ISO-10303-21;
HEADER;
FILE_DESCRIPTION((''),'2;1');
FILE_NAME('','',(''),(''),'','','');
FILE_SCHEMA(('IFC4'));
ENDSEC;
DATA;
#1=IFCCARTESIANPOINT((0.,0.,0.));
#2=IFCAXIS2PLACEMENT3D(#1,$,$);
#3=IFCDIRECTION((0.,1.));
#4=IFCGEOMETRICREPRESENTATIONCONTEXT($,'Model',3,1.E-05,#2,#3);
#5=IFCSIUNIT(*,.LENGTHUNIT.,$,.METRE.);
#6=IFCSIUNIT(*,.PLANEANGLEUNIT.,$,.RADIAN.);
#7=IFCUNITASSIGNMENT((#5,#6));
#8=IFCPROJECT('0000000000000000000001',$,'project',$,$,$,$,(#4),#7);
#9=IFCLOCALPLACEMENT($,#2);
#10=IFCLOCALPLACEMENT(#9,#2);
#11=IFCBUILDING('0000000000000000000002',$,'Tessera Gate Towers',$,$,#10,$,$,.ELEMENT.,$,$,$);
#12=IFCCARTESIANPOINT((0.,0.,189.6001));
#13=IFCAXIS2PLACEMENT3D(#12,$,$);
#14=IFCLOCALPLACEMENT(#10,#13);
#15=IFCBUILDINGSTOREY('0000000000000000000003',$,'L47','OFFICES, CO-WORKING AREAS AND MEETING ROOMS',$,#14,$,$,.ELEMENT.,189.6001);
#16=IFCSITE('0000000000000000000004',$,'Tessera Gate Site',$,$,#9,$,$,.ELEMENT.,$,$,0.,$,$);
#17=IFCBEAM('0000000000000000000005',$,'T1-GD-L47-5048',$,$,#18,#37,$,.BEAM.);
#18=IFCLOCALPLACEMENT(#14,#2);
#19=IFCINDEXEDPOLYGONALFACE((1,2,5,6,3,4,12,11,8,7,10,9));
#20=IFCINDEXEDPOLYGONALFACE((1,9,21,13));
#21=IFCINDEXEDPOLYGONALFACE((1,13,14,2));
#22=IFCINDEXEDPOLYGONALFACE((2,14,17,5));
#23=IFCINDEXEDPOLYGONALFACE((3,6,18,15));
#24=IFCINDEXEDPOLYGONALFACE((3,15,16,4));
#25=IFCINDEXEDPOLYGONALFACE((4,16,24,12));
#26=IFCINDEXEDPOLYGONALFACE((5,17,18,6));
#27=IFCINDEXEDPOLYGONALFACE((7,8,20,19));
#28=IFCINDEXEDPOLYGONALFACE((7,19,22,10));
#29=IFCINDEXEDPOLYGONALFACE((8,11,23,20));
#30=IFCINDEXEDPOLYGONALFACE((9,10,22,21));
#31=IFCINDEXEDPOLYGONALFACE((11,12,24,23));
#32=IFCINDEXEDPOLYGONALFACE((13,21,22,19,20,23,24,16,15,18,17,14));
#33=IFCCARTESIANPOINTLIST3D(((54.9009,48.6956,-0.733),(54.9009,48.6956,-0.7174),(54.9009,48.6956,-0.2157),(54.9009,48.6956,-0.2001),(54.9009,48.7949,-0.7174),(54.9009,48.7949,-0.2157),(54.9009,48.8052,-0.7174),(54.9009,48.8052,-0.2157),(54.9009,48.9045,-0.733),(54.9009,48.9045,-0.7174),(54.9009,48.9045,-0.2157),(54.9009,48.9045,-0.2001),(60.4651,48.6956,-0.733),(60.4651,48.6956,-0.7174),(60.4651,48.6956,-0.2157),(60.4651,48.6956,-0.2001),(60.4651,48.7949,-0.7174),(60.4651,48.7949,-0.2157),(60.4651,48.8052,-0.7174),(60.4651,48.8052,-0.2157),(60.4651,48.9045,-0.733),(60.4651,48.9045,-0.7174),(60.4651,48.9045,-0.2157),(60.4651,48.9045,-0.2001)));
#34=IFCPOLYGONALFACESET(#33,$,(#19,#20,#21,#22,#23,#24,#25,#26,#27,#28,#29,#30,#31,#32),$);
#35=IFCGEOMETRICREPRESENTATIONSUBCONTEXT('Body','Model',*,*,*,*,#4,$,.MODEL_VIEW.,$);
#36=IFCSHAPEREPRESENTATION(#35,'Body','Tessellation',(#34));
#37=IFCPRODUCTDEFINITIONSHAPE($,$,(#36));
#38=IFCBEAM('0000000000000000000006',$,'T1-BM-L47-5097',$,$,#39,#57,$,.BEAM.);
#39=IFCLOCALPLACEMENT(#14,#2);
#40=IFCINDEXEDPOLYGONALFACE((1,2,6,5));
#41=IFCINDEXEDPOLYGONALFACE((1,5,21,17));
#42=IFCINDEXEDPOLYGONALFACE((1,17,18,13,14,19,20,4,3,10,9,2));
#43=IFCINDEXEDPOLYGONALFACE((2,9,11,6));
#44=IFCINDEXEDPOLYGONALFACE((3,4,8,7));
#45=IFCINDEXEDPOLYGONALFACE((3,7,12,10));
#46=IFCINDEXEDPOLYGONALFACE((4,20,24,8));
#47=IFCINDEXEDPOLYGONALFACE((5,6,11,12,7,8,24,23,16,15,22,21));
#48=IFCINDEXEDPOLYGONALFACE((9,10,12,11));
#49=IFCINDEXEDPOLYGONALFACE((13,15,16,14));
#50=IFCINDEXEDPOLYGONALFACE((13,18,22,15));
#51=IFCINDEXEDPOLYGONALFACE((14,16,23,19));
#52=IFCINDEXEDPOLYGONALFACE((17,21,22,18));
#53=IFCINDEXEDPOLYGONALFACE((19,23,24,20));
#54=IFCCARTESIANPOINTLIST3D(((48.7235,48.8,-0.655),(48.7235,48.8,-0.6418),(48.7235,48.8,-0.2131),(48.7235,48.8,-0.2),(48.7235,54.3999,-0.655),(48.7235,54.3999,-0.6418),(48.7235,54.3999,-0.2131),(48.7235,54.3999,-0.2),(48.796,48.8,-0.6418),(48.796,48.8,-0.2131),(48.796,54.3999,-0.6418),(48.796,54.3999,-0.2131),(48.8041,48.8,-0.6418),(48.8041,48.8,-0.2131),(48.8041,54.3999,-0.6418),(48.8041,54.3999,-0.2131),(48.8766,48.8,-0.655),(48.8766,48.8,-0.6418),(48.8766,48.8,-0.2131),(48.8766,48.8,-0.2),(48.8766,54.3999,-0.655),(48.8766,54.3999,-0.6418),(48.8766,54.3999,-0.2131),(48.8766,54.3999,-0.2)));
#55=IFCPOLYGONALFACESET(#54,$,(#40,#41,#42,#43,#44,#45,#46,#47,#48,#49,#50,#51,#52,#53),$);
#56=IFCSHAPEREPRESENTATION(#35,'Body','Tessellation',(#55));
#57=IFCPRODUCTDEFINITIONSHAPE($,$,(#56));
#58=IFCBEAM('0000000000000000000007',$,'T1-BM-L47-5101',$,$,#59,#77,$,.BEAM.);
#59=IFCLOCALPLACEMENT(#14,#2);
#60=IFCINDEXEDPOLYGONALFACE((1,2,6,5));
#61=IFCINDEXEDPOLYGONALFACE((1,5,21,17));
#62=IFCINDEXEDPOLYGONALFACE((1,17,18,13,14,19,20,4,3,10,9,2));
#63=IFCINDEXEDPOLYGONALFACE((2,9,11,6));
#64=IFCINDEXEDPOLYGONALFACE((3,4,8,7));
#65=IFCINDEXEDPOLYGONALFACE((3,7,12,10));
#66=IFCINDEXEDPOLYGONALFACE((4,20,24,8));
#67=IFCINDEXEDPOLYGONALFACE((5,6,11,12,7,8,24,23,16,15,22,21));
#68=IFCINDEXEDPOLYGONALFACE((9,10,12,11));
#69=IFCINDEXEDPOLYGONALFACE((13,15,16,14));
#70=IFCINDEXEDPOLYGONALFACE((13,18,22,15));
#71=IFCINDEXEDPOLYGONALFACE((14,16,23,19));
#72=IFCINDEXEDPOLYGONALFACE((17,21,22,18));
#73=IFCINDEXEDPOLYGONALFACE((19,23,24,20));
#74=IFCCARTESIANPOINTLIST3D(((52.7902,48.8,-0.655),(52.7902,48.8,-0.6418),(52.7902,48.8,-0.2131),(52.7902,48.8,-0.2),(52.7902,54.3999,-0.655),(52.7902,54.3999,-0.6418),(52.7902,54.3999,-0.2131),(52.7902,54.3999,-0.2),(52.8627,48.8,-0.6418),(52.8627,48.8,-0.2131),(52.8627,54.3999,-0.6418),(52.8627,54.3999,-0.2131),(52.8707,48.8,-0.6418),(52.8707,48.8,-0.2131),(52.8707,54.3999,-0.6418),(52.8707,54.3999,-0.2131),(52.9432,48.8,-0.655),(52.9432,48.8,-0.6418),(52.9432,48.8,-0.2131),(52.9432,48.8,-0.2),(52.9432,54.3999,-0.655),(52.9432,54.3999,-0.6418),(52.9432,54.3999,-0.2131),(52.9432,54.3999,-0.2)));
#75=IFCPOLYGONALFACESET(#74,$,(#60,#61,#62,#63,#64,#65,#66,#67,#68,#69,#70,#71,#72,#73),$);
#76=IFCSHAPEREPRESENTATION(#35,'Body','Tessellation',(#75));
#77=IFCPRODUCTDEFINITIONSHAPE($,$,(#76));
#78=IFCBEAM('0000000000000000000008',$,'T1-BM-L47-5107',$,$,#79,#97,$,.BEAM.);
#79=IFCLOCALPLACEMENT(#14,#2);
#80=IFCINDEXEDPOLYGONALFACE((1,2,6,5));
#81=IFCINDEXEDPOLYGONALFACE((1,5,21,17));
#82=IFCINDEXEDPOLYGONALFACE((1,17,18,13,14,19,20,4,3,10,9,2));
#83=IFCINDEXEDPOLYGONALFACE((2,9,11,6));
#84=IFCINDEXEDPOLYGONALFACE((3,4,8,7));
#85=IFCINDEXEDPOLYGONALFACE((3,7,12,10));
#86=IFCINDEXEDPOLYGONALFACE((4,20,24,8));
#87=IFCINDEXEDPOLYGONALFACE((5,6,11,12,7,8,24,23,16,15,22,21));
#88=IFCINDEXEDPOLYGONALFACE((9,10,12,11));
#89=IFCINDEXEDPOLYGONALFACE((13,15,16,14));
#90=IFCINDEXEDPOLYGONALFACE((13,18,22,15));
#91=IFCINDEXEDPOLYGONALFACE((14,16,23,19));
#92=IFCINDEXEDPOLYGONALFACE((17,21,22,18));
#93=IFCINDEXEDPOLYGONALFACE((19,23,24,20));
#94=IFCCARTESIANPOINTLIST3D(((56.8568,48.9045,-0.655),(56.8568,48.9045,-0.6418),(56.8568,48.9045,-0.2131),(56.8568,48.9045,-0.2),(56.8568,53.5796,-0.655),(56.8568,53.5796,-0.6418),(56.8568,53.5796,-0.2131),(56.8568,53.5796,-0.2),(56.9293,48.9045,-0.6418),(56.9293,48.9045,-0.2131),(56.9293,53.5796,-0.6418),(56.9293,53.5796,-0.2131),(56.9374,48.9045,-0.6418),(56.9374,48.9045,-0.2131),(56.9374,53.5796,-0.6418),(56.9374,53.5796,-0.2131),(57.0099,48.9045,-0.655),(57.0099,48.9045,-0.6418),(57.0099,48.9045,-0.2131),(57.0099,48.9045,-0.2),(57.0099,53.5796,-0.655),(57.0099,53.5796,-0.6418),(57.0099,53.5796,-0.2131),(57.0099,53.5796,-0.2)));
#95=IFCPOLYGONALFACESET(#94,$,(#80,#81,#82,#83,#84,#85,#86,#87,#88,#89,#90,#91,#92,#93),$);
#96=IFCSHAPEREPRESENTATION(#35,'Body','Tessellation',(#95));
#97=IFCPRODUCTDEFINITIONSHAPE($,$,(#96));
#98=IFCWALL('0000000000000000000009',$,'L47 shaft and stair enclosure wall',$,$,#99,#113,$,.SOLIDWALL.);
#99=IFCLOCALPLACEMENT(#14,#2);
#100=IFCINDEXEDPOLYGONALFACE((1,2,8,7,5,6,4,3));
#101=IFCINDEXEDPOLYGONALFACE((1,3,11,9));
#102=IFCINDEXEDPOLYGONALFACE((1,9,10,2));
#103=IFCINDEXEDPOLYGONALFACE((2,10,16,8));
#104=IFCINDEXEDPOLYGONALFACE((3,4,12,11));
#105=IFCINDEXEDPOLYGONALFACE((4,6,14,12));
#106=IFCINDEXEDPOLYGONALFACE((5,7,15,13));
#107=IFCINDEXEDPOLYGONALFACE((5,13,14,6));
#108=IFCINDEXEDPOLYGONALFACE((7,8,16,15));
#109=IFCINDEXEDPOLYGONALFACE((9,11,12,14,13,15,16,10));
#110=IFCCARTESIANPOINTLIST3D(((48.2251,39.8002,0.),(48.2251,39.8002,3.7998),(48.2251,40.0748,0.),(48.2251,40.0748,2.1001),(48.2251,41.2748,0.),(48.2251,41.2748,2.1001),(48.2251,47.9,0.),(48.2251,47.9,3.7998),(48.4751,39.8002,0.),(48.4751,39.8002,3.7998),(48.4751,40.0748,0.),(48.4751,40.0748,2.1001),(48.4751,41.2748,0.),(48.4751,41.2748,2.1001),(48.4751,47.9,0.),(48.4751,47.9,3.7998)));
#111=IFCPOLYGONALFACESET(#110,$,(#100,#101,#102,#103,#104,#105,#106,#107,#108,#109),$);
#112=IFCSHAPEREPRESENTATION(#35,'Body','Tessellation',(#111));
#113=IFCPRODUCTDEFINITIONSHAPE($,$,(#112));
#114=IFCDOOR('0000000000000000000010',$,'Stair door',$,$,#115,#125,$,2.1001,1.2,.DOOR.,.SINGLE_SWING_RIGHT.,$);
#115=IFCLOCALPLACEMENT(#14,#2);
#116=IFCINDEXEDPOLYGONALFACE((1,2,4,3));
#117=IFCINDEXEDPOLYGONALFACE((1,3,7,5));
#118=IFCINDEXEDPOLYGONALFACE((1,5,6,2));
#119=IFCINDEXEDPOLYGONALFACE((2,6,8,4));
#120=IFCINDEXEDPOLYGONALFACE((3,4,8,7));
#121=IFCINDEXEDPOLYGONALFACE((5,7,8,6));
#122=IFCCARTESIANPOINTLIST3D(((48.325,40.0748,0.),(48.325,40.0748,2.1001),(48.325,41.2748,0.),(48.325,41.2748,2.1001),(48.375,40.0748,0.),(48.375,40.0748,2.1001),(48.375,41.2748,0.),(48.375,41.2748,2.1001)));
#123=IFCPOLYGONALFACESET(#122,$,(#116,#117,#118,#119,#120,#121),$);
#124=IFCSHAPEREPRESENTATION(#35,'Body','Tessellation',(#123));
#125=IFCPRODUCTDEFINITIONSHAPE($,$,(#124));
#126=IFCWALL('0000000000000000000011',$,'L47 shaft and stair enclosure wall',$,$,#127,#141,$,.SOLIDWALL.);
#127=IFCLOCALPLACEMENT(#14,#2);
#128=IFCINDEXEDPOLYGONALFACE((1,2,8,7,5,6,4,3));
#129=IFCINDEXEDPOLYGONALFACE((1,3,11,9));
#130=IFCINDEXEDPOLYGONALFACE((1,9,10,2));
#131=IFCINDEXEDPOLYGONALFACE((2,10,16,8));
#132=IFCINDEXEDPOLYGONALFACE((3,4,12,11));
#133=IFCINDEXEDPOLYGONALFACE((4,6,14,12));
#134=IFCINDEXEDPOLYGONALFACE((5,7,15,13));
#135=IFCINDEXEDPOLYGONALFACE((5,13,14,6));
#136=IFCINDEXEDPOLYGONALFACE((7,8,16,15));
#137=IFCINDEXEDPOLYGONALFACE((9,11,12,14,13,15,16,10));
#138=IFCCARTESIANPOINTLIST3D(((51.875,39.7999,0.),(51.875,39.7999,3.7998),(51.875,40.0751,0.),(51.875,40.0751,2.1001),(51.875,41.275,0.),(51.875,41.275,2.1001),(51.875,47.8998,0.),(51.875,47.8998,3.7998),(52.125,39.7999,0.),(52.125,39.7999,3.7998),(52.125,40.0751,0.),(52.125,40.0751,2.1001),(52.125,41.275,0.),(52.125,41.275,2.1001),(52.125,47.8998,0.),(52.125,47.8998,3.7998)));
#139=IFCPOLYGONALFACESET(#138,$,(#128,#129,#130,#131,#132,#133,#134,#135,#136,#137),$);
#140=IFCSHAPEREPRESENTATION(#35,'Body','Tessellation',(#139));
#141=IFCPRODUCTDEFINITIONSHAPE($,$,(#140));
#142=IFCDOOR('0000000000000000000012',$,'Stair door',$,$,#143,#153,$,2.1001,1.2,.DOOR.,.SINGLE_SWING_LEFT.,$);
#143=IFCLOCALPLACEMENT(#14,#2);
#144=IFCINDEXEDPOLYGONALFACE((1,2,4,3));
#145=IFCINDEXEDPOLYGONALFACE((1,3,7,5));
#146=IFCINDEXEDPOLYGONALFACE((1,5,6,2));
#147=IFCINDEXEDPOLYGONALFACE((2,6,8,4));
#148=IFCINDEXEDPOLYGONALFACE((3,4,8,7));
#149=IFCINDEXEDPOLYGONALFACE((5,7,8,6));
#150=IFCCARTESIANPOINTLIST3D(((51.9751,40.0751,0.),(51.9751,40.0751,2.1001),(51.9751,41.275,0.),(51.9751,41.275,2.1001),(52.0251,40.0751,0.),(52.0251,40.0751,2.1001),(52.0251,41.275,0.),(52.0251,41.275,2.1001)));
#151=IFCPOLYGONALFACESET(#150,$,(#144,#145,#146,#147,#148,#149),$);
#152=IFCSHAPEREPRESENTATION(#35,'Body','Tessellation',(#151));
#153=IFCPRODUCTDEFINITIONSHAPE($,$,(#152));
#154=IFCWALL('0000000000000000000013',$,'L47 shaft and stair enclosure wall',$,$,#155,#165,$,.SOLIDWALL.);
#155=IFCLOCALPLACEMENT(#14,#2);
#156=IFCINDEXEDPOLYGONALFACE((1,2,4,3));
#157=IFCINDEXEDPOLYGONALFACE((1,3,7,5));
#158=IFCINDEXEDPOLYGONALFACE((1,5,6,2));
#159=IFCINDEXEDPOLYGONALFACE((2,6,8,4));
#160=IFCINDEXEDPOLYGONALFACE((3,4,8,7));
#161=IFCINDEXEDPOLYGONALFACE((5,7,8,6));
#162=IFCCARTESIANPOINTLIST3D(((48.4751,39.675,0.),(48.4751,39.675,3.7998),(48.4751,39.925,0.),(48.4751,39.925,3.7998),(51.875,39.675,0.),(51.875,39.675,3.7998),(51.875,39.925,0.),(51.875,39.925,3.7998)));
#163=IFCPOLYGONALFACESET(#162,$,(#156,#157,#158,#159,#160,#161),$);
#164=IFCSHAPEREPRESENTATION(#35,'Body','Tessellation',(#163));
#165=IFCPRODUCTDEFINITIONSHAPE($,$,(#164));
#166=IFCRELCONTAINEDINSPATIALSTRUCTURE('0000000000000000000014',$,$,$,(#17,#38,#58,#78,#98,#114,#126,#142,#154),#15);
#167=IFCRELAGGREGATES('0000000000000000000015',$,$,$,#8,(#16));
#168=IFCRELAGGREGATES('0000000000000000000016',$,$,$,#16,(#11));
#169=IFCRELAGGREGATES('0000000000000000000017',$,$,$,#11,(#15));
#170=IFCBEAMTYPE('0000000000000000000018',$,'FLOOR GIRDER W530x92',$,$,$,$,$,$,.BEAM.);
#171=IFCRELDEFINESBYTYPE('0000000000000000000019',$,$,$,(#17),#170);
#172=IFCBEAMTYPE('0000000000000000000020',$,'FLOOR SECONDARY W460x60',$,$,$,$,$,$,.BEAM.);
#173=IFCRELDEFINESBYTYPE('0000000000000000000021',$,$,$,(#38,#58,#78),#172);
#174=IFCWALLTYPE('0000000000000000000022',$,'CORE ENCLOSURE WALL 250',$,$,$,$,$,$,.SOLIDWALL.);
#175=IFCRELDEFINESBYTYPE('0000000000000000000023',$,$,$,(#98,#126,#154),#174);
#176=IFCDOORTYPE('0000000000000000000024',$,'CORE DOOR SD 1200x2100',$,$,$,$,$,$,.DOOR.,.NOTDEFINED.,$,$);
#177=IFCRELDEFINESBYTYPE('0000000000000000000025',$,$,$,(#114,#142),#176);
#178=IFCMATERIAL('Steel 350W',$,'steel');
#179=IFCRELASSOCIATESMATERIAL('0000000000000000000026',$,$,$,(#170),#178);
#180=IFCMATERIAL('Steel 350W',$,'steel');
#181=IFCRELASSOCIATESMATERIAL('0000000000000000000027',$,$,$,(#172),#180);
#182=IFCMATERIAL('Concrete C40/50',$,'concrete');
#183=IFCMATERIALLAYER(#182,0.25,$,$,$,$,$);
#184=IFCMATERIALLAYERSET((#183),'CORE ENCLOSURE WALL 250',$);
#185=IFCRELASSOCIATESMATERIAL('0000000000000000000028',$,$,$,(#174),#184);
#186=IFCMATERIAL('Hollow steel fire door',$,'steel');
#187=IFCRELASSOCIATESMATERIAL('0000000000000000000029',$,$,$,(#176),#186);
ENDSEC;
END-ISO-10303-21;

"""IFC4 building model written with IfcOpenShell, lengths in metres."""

from ifc_helpers import new_model, si_unit, direction, frame, frame_2d, origin, origin_2d, place, context, subcontext, project, spatial, rectangle, i_section, extrude, source, transform, mapped, material, layer, layer_set, material_profile, profile_set, type_object, element, fill, save


model = new_model("IFC4")

# Units and contexts
model_context = context("Model", 3, precision=1e-05, world=origin(), true_north=direction((0.0, 1.0)))
body_context = subcontext(model_context, "Body", "Model", "MODEL_VIEW")
ifc_project = project(units=[si_unit("LENGTHUNIT", "METRE"), si_unit("PLANEANGLEUNIT", "RADIAN")], contexts=[model_context])

# Site, building, storey
site_placement = place(None, origin())
site = spatial("IfcSite", under=ifc_project, at=site_placement, Name="Tessera Gate Site", CompositionType="ELEMENT", RefElevation=0.0)
building_placement = place(site_placement, origin())
building = spatial("IfcBuilding", under=site, at=building_placement, Name="Tessera Gate Towers", CompositionType="ELEMENT")
storey_placement = place(building_placement, frame((0.0, 0.0, 189.6001)))
storey = spatial("IfcBuildingStorey", under=building, at=storey_placement, Name="L47", Description="OFFICES, CO-WORKING AREAS AND MEETING ROOMS", CompositionType="ELEMENT", Elevation=189.6001)

# Beams
ifc_material_1 = material(Name="Steel 350W", Category="steel")
ifc_material_profile_1 = material_profile(ifc_material_1, i_section(OverallWidth=0.209, OverallDepth=0.533, WebThickness=0.0103, FlangeThickness=0.0156, at=origin_2d()), Name="W530x92")
ifc_profile_set_1 = profile_set([ifc_material_profile_1], Name="Steel 350W")
beam_type_1 = type_object("IfcBeamType", Name="FLOOR GIRDER W530x92", PredefinedType="BEAM", material=ifc_profile_set_1)
beam_1_placement = place(storey_placement, frame((54.9009, 48.8, -0.4666), z_axis=(1.0, 0.0, 0.0), x_axis=(0.0, 1.0, 0.0)))
element("IfcBeam", 1, at=beam_1_placement, inside=storey, type_object=beam_type_1, Name="T1-GD-L47-5048", PredefinedType="BEAM", context=body_context, shape_type="SweptSolid", body=[
    extrude(i_section(OverallWidth=0.209, OverallDepth=0.533, WebThickness=0.0103, FlangeThickness=0.0156, at=origin_2d()), origin(), (0.0, 0.0, 1.0), 5.5642),
])
ifc_material_2 = material(Name="Steel 350W", Category="steel")
ifc_material_profile_2 = material_profile(ifc_material_2, i_section(OverallWidth=0.1531, OverallDepth=0.4551, WebThickness=0.0081, FlangeThickness=0.0132, at=origin_2d()), Name="W460x60")
ifc_profile_set_2 = profile_set([ifc_material_profile_2], Name="Steel 350W")
beam_type_2 = type_object("IfcBeamType", Name="FLOOR SECONDARY W460x60", PredefinedType="BEAM", material=ifc_profile_set_2)
for number, where, z_axis, x_axis, name in (
    (2, (48.8, 48.8, -0.4275), (0.0, 1.0, 0.0), (-1.0, 0.0, 0.0), "T1-BM-L47-5097"),
    (3, (52.8667, 48.8, -0.4275), (0.0, 1.0, 0.0), (-1.0, 0.0, 0.0), "T1-BM-L47-5101"),
):
    element("IfcBeam", number, at=place(storey_placement, frame(where, z_axis=z_axis, x_axis=x_axis)), inside=storey, type_object=beam_type_2, Name=name, PredefinedType="BEAM", context=body_context, shape_type="SweptSolid", body=[
        extrude(i_section(OverallWidth=0.1531, OverallDepth=0.4551, WebThickness=0.0081, FlangeThickness=0.0132, at=origin_2d()), origin(), (0.0, 0.0, 1.0), 5.5999),
    ])
beam_2_placement = place(storey_placement, frame((56.9333, 48.9045, -0.4275), z_axis=(0.0, 1.0, 0.0), x_axis=(-1.0, 0.0, 0.0)))
element("IfcBeam", 4, at=beam_2_placement, inside=storey, type_object=beam_type_2, Name="T1-BM-L47-5107", PredefinedType="BEAM", context=body_context, shape_type="SweptSolid", body=[
    extrude(i_section(OverallWidth=0.1531, OverallDepth=0.4551, WebThickness=0.0081, FlangeThickness=0.0132, at=origin_2d()), origin(), (0.0, 0.0, 1.0), 4.675),
])

# Walls, openings, doors
ifc_material_3 = material(Name="Concrete C40/50", Category="concrete")
ifc_layer_1 = layer(ifc_material_3, 0.25)
ifc_layer_set_1 = layer_set([ifc_layer_1], Name="CORE ENCLOSURE WALL 250")
wall_type_1 = type_object("IfcWallType", Name="CORE ENCLOSURE WALL 250", PredefinedType="SOLIDWALL", material=ifc_layer_set_1)
wall_1_placement = place(storey_placement, frame((48.3501, 47.8999, 0.0), z_axis=(0.0, 0.0, 1.0), x_axis=(0.0, -1.0, 0.0)))
wall_1 = element("IfcWall", 5, at=wall_1_placement, inside=storey, type_object=wall_type_1, Name="L47 shaft and stair enclosure wall", PredefinedType="SOLIDWALL", context=body_context, shape_type="SweptSolid", body=[
    extrude(rectangle(XDim=8.0999, YDim=0.25, at=frame_2d((4.0498, 0.0))), origin(), (0.0, 0.0, 1.0), 3.7998),
])
shared_shape_1 = source(origin(), body_context, "Body", "SweptSolid", [
    extrude(rectangle(XDim=1.2, YDim=2.1001, at=frame_2d((0.6001, 1.05))), frame((0.0, 0.135, 0.0), z_axis=(0.0, -1.0, 0.0), x_axis=(1.0, 0.0, 0.0)), (0.0, 0.0, 1.0), 0.27),
])
opening_1_placement = place(wall_1_placement, frame((6.625, 0.0, 0.0)))
opening_1 = element("IfcOpeningElement", 6, at=opening_1_placement, cuts=wall_1, PredefinedType="OPENING", context=body_context, shape_type="MappedRepresentation", body=[
    mapped(shared_shape_1, transform((0.0, 0.0, 0.0), scale=1.0)),
])
ifc_material_4 = material(Name="Hollow steel fire door", Category="steel")
door_type_1 = type_object("IfcDoorType", Name="CORE DOOR SD 1200x2100", OperationType="NOTDEFINED", PredefinedType="DOOR", material=ifc_material_4)
shared_shape_2 = source(origin(), body_context, "Body", "SweptSolid", [
    extrude(rectangle(XDim=1.2, YDim=2.1001, at=frame_2d((0.6001, 1.05))), frame((0.0, 0.0249, 0.0), z_axis=(0.0, -1.0, 0.0), x_axis=(1.0, 0.0, 0.0)), (0.0, 0.0, 1.0), 0.05),
])
door_1_placement = place(opening_1_placement, origin())
door_1 = element("IfcDoor", 7, at=door_1_placement, inside=storey, type_object=door_type_1, Name="Stair door", OperationType="SINGLE_SWING_RIGHT", OverallHeight=2.1001, OverallWidth=1.2, PredefinedType="DOOR", context=body_context, shape_type="MappedRepresentation", body=[
    mapped(shared_shape_2, transform((0.0, 0.0, 0.0), scale=1.0)),
])
fill(opening_1, door_1)
wall_2_placement = place(storey_placement, frame((52.0, 39.8, 0.0), z_axis=(0.0, 0.0, 1.0), x_axis=(0.0, 1.0, 0.0)))
wall_2 = element("IfcWall", 8, at=wall_2_placement, inside=storey, type_object=wall_type_1, Name="L47 shaft and stair enclosure wall", PredefinedType="SOLIDWALL", context=body_context, shape_type="SweptSolid", body=[
    extrude(rectangle(XDim=8.0999, YDim=0.25, at=frame_2d((4.0498, 0.0))), origin(), (0.0, 0.0, 1.0), 3.7998),
])
opening_2_placement = place(wall_2_placement, frame((0.2749, 0.0, 0.0)))
opening_2 = element("IfcOpeningElement", 9, at=opening_2_placement, cuts=wall_2, PredefinedType="OPENING", context=body_context, shape_type="MappedRepresentation", body=[
    mapped(shared_shape_1, transform((0.0, 0.0, 0.0), scale=1.0)),
])
door_2_placement = place(opening_2_placement, origin())
door_2 = element("IfcDoor", 10, at=door_2_placement, inside=storey, type_object=door_type_1, Name="Stair door", OperationType="SINGLE_SWING_LEFT", OverallHeight=2.1001, OverallWidth=1.2, PredefinedType="DOOR", context=body_context, shape_type="MappedRepresentation", body=[
    mapped(shared_shape_2, transform((0.0, 0.0, 0.0), scale=1.0)),
])
fill(opening_2, door_2)

# Wall
wall_3_placement = place(storey_placement, frame((48.4751, 39.8, 0.0), z_axis=(0.0, 0.0, 1.0), x_axis=(1.0, 0.0, 0.0)))
element("IfcWall", 11, at=wall_3_placement, inside=storey, type_object=wall_type_1, Name="L47 shaft and stair enclosure wall", PredefinedType="SOLIDWALL", context=body_context, shape_type="SweptSolid", body=[
    extrude(rectangle(XDim=3.3999, YDim=0.25, at=frame_2d((1.7, 0.0))), origin(), (0.0, 0.0, 1.0), 3.7998),
])

save(model, "model.ifc")
